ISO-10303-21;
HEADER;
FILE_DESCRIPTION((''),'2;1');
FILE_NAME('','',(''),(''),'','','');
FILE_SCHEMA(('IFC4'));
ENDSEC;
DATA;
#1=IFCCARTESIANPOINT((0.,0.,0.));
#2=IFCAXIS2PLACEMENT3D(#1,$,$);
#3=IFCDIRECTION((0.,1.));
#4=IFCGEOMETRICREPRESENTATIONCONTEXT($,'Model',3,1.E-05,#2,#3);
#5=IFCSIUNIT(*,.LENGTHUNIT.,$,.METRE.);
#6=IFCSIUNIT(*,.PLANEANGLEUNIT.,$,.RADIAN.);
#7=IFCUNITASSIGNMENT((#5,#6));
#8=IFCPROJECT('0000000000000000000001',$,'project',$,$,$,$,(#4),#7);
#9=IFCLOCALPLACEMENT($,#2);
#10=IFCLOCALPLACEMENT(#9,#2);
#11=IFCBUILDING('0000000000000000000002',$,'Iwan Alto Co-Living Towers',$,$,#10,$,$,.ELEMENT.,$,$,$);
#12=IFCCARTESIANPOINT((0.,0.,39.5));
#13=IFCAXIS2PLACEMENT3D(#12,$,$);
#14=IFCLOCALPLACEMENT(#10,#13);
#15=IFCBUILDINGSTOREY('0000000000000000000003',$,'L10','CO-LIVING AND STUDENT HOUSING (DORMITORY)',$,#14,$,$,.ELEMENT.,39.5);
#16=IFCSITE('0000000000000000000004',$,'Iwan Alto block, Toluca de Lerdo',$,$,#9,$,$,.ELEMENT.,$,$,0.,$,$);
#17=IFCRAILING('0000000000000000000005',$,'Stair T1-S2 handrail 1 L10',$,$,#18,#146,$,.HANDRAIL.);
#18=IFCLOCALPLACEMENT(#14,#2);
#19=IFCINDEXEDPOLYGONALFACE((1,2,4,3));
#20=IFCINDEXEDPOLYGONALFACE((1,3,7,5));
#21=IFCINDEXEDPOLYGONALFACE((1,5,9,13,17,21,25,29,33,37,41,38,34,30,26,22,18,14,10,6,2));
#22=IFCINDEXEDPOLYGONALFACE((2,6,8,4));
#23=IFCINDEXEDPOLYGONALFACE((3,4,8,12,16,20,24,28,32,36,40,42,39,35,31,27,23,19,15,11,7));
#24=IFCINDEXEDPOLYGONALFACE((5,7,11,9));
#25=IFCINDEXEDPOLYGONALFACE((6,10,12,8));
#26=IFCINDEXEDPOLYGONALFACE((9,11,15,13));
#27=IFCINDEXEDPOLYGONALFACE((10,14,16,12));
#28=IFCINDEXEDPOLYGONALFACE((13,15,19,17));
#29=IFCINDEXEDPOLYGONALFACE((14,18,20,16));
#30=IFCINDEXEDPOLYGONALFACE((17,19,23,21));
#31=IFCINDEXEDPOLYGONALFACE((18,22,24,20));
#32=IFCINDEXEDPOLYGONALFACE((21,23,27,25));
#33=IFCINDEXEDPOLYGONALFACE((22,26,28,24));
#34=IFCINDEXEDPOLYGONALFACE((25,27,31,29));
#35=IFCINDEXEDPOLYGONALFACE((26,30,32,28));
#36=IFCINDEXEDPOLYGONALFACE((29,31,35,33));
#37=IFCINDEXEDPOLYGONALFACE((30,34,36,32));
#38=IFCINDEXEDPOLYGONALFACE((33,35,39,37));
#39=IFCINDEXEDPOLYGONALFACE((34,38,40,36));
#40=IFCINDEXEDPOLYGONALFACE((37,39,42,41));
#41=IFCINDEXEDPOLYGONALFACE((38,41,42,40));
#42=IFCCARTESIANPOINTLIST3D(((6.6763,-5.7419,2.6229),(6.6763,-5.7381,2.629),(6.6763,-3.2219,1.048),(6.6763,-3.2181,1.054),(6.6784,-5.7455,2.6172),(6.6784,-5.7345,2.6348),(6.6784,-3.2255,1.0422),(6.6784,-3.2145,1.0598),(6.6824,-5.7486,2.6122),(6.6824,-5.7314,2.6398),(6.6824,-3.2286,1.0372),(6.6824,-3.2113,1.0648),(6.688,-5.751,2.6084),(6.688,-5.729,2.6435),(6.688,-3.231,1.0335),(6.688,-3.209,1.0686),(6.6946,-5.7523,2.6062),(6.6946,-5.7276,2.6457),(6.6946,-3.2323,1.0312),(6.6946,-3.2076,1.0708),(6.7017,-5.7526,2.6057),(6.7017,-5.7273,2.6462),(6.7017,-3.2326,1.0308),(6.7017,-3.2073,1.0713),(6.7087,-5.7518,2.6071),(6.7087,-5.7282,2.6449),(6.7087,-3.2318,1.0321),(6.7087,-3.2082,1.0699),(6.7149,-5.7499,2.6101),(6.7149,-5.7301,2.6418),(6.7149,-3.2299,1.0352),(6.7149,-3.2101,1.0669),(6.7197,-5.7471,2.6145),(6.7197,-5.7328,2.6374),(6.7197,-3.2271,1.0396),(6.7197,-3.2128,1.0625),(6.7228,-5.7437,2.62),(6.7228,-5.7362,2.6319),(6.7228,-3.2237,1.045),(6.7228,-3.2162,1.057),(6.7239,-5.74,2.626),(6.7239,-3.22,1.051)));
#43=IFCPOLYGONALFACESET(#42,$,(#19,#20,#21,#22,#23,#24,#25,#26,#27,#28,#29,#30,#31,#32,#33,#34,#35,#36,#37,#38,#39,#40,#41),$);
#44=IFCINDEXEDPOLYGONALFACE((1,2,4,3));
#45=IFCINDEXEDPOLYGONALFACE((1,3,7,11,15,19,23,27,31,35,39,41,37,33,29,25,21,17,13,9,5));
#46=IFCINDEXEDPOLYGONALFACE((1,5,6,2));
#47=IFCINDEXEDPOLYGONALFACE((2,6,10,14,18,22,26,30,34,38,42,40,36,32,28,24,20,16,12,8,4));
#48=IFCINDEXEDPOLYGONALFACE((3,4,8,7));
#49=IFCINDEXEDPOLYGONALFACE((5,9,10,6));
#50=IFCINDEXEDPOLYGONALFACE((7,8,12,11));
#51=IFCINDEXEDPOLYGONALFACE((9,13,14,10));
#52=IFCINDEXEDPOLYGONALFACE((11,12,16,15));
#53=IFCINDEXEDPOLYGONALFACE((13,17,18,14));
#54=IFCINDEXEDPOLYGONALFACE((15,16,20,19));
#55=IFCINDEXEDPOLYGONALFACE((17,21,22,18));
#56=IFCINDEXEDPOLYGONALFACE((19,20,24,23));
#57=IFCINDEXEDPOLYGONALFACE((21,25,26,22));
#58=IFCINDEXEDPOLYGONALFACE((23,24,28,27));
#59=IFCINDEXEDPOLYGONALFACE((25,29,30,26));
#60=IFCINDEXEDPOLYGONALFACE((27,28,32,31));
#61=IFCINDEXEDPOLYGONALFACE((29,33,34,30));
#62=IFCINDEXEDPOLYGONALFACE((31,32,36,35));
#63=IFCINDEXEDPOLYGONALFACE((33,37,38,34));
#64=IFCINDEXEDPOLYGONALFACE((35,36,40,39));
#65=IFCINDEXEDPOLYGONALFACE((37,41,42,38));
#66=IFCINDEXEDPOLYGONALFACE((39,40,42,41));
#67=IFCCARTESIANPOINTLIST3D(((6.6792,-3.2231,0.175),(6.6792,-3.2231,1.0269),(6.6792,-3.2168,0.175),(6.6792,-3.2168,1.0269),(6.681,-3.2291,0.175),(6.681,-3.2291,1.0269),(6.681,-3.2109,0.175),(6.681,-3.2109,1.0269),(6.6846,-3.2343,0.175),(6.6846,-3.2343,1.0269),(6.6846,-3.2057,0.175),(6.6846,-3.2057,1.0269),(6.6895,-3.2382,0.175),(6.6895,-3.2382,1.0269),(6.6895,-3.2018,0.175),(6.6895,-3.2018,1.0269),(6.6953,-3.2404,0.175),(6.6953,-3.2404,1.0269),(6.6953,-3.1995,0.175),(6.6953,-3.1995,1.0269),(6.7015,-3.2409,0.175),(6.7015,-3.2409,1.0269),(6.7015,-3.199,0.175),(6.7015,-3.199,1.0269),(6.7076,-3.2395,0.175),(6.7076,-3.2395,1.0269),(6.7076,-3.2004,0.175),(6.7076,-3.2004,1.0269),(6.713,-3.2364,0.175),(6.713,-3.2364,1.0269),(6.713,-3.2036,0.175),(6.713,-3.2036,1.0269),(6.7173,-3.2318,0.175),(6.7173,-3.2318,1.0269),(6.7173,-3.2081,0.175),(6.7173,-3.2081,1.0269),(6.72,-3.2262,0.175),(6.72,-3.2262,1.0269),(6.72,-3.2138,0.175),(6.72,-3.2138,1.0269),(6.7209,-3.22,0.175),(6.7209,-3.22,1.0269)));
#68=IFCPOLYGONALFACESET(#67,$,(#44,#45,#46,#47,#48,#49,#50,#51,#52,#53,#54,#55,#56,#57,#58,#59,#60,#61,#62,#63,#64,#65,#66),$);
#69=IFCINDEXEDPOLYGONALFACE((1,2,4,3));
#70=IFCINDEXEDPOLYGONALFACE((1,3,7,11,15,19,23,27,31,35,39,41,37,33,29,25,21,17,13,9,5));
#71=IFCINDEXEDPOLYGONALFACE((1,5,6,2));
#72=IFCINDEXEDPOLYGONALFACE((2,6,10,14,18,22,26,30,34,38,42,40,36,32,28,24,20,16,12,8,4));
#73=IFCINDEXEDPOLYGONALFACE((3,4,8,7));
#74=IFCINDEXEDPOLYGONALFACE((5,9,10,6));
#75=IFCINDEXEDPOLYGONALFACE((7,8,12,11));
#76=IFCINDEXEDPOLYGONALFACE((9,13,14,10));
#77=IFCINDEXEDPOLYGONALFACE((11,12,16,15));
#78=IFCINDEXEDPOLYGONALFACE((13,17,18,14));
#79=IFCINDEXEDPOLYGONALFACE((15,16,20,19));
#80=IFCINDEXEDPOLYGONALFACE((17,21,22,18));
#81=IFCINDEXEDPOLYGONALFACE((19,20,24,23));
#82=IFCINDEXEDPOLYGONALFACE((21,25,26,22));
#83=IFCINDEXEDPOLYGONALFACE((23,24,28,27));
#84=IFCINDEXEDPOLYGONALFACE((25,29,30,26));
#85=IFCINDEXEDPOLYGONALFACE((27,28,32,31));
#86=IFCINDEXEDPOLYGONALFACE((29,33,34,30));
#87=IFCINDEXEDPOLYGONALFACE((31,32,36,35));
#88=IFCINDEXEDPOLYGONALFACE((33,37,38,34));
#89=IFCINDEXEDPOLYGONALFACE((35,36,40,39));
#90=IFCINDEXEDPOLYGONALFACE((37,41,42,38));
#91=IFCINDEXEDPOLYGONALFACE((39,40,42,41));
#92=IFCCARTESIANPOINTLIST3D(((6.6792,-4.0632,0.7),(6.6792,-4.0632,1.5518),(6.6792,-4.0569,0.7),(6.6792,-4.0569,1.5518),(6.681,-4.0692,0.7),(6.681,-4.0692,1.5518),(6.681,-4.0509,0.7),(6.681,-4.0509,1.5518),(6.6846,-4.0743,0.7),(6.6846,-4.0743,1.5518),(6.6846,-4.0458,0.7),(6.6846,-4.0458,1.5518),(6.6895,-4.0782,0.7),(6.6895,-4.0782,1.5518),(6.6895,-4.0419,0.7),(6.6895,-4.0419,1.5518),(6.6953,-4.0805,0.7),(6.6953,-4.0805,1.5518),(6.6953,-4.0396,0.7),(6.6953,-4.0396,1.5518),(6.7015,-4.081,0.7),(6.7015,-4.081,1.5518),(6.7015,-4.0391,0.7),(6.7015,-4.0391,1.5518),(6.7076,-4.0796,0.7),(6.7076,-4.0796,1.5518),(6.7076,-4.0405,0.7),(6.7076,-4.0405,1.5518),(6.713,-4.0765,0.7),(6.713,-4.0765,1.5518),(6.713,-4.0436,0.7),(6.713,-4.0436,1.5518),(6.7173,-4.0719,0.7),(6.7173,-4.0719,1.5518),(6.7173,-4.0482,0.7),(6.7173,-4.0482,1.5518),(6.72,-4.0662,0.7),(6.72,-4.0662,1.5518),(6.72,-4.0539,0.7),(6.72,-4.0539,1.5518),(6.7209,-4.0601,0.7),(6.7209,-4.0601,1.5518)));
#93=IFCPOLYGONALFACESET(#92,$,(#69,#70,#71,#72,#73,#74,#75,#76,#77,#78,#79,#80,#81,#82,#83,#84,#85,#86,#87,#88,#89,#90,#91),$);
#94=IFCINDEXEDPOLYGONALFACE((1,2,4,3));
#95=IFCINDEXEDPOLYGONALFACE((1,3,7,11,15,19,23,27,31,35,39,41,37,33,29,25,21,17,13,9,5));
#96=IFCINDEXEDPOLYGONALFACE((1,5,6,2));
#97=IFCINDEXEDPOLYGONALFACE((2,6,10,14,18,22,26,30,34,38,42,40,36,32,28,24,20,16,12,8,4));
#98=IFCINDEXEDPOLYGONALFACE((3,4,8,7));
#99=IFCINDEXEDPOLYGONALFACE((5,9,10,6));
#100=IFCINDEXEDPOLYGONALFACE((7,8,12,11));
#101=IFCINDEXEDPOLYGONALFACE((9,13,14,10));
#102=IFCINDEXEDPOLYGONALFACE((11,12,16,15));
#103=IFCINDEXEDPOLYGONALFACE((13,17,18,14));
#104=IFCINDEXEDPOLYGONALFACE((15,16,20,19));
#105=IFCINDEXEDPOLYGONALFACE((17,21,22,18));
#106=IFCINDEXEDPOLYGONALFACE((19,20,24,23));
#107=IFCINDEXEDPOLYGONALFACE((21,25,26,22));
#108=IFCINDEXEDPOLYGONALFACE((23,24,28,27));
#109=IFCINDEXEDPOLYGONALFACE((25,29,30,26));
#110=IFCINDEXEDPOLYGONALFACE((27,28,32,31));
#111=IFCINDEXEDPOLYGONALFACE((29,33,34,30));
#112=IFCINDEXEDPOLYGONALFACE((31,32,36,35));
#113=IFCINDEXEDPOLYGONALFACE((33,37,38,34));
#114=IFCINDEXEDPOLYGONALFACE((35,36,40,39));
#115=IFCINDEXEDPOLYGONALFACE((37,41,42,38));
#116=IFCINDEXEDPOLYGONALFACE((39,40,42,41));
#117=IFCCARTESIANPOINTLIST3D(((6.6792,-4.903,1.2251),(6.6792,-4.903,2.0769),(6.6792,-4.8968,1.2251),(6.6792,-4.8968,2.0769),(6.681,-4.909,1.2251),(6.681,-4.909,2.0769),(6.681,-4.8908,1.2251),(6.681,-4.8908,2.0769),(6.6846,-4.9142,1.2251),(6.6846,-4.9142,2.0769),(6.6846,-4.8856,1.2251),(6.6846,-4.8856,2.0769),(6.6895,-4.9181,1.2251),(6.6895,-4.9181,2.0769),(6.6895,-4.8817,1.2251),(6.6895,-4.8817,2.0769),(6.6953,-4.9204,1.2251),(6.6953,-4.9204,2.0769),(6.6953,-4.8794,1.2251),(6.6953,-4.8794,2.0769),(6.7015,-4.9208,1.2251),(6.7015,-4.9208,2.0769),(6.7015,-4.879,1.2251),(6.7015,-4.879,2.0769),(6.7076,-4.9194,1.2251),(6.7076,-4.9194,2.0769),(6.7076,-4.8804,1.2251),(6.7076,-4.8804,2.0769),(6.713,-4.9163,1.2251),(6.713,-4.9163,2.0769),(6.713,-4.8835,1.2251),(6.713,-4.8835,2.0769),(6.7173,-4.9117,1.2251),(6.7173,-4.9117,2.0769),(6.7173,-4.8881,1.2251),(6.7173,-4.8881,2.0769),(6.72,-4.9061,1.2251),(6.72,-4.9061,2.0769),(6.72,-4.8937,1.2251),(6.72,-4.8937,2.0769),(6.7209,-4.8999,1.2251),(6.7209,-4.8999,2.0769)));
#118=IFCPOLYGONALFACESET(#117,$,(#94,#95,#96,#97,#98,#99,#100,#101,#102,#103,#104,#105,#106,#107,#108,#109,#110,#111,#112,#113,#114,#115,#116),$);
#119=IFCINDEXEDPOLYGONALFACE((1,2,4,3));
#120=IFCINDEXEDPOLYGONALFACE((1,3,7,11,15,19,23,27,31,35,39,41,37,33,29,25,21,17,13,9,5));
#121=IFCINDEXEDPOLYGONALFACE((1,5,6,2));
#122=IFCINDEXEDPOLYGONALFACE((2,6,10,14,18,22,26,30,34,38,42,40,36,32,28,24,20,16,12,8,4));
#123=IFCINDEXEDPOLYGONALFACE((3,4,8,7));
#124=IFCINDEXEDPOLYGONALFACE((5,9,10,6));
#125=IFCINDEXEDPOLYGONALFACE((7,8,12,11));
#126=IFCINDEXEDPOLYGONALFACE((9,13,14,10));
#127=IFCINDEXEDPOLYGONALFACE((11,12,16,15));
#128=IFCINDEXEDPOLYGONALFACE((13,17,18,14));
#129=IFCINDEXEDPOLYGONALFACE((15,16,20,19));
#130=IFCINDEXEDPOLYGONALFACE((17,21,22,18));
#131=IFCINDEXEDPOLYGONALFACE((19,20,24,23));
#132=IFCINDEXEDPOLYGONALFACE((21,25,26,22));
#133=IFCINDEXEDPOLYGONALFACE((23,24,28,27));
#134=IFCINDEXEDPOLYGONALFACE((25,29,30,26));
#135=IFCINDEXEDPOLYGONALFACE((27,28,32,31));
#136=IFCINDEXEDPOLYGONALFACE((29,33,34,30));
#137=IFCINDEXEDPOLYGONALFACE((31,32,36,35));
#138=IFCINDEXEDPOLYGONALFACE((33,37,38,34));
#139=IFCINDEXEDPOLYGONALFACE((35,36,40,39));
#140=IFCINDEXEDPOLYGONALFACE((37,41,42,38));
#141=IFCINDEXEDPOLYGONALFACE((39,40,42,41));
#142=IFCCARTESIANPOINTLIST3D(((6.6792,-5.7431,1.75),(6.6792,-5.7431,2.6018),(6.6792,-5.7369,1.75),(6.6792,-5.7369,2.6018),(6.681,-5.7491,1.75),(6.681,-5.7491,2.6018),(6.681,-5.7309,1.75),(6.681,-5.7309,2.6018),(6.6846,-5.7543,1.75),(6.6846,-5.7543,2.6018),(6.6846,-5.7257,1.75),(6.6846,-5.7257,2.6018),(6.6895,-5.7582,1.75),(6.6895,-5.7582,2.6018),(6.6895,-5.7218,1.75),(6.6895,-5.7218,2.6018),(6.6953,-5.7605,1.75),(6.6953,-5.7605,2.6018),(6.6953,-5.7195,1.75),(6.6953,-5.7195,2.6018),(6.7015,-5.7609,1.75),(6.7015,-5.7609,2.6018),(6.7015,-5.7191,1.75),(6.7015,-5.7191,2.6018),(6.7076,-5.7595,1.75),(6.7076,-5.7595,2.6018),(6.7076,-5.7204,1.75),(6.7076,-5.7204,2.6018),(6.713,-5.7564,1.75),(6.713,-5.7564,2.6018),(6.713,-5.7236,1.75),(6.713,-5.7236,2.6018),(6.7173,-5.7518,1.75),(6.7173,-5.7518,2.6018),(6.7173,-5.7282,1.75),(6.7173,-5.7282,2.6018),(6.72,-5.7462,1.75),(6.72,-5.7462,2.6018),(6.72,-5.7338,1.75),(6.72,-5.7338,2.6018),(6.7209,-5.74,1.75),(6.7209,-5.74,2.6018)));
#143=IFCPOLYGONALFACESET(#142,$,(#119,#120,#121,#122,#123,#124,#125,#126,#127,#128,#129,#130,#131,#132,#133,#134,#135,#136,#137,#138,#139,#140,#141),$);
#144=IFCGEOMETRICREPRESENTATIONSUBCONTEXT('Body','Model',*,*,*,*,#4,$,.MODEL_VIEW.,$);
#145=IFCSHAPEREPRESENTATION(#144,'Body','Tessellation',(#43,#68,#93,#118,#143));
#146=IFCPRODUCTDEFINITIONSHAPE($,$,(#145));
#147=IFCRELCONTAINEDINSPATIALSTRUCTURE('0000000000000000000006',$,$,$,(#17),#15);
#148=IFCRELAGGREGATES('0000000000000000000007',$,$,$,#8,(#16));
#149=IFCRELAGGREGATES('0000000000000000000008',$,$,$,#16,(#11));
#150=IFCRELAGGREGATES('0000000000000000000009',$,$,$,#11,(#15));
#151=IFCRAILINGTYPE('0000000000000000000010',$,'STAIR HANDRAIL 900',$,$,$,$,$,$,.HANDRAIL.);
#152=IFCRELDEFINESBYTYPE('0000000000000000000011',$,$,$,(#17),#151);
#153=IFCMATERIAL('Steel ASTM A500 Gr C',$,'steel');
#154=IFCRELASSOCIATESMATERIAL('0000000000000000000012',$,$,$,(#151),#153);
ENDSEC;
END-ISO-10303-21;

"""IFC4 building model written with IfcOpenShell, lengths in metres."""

from ifc_helpers import new_model, si_unit, direction, frame, origin, origin_2d, place, context, subcontext, project, spatial, circle, extrude, material, type_object, element, save


model = new_model("IFC4")

# Units and contexts
model_context = context("Model", 3, precision=1e-05, world=origin(), true_north=direction((0.0, 1.0)))
body_context = subcontext(model_context, "Body", "Model", "MODEL_VIEW")
ifc_project = project(units=[si_unit("LENGTHUNIT", "METRE"), si_unit("PLANEANGLEUNIT", "RADIAN")], contexts=[model_context])

# Site, building, storey
site_placement = place(None, origin())
site = spatial("IfcSite", under=ifc_project, at=site_placement, Name="Iwan Alto block, Toluca de Lerdo", CompositionType="ELEMENT", RefElevation=0.0)
building_placement = place(site_placement, origin())
building = spatial("IfcBuilding", under=site, at=building_placement, Name="Iwan Alto Co-Living Towers", CompositionType="ELEMENT")
storey_placement = place(building_placement, frame((0.0, 0.0, 39.5)))
storey = spatial("IfcBuildingStorey", under=building, at=storey_placement, Name="L10", Description="CO-LIVING AND STUDENT HOUSING (DORMITORY)", CompositionType="ELEMENT", Elevation=39.5)

# Railing
ifc_material_1 = material(Name="Steel ASTM A500 Gr C", Category="steel")
railing_type_1 = type_object("IfcRailingType", Name="STAIR HANDRAIL 900", PredefinedType="HANDRAIL", material=ifc_material_1)
railing_1_placement = place(storey_placement, frame((6.7, -3.22, 0.175)))
element("IfcRailing", 1, at=railing_1_placement, inside=storey, type_object=railing_type_1, Name="Stair T1-S2 handrail 1 L10", PredefinedType="HANDRAIL", context=body_context, shape_type="SweptSolid", body=[
    extrude(circle(Radius=0.0239, at=origin_2d()), frame((0.0, 0.0, 0.876), z_axis=(0.0, -0.848008, 0.529984), x_axis=(1.0, 0.0, 0.0)), (0.0, 0.0, 1.0), 2.9717),
    extrude(circle(Radius=0.021, at=origin_2d()), origin(), (0.0, 0.0, 1.0), 0.8518),
    extrude(circle(Radius=0.021, at=origin_2d()), frame((0.0, -0.8401, 0.5249)), (0.0, 0.0, 1.0), 0.8518),
    extrude(circle(Radius=0.021, at=origin_2d()), frame((0.0, -1.6799, 1.05)), (0.0, 0.0, 1.0), 0.8518),
    extrude(circle(Radius=0.021, at=origin_2d()), frame((0.0, -2.52, 1.575)), (0.0, 0.0, 1.0), 0.8518),
])

save(model, "model.ifc")
